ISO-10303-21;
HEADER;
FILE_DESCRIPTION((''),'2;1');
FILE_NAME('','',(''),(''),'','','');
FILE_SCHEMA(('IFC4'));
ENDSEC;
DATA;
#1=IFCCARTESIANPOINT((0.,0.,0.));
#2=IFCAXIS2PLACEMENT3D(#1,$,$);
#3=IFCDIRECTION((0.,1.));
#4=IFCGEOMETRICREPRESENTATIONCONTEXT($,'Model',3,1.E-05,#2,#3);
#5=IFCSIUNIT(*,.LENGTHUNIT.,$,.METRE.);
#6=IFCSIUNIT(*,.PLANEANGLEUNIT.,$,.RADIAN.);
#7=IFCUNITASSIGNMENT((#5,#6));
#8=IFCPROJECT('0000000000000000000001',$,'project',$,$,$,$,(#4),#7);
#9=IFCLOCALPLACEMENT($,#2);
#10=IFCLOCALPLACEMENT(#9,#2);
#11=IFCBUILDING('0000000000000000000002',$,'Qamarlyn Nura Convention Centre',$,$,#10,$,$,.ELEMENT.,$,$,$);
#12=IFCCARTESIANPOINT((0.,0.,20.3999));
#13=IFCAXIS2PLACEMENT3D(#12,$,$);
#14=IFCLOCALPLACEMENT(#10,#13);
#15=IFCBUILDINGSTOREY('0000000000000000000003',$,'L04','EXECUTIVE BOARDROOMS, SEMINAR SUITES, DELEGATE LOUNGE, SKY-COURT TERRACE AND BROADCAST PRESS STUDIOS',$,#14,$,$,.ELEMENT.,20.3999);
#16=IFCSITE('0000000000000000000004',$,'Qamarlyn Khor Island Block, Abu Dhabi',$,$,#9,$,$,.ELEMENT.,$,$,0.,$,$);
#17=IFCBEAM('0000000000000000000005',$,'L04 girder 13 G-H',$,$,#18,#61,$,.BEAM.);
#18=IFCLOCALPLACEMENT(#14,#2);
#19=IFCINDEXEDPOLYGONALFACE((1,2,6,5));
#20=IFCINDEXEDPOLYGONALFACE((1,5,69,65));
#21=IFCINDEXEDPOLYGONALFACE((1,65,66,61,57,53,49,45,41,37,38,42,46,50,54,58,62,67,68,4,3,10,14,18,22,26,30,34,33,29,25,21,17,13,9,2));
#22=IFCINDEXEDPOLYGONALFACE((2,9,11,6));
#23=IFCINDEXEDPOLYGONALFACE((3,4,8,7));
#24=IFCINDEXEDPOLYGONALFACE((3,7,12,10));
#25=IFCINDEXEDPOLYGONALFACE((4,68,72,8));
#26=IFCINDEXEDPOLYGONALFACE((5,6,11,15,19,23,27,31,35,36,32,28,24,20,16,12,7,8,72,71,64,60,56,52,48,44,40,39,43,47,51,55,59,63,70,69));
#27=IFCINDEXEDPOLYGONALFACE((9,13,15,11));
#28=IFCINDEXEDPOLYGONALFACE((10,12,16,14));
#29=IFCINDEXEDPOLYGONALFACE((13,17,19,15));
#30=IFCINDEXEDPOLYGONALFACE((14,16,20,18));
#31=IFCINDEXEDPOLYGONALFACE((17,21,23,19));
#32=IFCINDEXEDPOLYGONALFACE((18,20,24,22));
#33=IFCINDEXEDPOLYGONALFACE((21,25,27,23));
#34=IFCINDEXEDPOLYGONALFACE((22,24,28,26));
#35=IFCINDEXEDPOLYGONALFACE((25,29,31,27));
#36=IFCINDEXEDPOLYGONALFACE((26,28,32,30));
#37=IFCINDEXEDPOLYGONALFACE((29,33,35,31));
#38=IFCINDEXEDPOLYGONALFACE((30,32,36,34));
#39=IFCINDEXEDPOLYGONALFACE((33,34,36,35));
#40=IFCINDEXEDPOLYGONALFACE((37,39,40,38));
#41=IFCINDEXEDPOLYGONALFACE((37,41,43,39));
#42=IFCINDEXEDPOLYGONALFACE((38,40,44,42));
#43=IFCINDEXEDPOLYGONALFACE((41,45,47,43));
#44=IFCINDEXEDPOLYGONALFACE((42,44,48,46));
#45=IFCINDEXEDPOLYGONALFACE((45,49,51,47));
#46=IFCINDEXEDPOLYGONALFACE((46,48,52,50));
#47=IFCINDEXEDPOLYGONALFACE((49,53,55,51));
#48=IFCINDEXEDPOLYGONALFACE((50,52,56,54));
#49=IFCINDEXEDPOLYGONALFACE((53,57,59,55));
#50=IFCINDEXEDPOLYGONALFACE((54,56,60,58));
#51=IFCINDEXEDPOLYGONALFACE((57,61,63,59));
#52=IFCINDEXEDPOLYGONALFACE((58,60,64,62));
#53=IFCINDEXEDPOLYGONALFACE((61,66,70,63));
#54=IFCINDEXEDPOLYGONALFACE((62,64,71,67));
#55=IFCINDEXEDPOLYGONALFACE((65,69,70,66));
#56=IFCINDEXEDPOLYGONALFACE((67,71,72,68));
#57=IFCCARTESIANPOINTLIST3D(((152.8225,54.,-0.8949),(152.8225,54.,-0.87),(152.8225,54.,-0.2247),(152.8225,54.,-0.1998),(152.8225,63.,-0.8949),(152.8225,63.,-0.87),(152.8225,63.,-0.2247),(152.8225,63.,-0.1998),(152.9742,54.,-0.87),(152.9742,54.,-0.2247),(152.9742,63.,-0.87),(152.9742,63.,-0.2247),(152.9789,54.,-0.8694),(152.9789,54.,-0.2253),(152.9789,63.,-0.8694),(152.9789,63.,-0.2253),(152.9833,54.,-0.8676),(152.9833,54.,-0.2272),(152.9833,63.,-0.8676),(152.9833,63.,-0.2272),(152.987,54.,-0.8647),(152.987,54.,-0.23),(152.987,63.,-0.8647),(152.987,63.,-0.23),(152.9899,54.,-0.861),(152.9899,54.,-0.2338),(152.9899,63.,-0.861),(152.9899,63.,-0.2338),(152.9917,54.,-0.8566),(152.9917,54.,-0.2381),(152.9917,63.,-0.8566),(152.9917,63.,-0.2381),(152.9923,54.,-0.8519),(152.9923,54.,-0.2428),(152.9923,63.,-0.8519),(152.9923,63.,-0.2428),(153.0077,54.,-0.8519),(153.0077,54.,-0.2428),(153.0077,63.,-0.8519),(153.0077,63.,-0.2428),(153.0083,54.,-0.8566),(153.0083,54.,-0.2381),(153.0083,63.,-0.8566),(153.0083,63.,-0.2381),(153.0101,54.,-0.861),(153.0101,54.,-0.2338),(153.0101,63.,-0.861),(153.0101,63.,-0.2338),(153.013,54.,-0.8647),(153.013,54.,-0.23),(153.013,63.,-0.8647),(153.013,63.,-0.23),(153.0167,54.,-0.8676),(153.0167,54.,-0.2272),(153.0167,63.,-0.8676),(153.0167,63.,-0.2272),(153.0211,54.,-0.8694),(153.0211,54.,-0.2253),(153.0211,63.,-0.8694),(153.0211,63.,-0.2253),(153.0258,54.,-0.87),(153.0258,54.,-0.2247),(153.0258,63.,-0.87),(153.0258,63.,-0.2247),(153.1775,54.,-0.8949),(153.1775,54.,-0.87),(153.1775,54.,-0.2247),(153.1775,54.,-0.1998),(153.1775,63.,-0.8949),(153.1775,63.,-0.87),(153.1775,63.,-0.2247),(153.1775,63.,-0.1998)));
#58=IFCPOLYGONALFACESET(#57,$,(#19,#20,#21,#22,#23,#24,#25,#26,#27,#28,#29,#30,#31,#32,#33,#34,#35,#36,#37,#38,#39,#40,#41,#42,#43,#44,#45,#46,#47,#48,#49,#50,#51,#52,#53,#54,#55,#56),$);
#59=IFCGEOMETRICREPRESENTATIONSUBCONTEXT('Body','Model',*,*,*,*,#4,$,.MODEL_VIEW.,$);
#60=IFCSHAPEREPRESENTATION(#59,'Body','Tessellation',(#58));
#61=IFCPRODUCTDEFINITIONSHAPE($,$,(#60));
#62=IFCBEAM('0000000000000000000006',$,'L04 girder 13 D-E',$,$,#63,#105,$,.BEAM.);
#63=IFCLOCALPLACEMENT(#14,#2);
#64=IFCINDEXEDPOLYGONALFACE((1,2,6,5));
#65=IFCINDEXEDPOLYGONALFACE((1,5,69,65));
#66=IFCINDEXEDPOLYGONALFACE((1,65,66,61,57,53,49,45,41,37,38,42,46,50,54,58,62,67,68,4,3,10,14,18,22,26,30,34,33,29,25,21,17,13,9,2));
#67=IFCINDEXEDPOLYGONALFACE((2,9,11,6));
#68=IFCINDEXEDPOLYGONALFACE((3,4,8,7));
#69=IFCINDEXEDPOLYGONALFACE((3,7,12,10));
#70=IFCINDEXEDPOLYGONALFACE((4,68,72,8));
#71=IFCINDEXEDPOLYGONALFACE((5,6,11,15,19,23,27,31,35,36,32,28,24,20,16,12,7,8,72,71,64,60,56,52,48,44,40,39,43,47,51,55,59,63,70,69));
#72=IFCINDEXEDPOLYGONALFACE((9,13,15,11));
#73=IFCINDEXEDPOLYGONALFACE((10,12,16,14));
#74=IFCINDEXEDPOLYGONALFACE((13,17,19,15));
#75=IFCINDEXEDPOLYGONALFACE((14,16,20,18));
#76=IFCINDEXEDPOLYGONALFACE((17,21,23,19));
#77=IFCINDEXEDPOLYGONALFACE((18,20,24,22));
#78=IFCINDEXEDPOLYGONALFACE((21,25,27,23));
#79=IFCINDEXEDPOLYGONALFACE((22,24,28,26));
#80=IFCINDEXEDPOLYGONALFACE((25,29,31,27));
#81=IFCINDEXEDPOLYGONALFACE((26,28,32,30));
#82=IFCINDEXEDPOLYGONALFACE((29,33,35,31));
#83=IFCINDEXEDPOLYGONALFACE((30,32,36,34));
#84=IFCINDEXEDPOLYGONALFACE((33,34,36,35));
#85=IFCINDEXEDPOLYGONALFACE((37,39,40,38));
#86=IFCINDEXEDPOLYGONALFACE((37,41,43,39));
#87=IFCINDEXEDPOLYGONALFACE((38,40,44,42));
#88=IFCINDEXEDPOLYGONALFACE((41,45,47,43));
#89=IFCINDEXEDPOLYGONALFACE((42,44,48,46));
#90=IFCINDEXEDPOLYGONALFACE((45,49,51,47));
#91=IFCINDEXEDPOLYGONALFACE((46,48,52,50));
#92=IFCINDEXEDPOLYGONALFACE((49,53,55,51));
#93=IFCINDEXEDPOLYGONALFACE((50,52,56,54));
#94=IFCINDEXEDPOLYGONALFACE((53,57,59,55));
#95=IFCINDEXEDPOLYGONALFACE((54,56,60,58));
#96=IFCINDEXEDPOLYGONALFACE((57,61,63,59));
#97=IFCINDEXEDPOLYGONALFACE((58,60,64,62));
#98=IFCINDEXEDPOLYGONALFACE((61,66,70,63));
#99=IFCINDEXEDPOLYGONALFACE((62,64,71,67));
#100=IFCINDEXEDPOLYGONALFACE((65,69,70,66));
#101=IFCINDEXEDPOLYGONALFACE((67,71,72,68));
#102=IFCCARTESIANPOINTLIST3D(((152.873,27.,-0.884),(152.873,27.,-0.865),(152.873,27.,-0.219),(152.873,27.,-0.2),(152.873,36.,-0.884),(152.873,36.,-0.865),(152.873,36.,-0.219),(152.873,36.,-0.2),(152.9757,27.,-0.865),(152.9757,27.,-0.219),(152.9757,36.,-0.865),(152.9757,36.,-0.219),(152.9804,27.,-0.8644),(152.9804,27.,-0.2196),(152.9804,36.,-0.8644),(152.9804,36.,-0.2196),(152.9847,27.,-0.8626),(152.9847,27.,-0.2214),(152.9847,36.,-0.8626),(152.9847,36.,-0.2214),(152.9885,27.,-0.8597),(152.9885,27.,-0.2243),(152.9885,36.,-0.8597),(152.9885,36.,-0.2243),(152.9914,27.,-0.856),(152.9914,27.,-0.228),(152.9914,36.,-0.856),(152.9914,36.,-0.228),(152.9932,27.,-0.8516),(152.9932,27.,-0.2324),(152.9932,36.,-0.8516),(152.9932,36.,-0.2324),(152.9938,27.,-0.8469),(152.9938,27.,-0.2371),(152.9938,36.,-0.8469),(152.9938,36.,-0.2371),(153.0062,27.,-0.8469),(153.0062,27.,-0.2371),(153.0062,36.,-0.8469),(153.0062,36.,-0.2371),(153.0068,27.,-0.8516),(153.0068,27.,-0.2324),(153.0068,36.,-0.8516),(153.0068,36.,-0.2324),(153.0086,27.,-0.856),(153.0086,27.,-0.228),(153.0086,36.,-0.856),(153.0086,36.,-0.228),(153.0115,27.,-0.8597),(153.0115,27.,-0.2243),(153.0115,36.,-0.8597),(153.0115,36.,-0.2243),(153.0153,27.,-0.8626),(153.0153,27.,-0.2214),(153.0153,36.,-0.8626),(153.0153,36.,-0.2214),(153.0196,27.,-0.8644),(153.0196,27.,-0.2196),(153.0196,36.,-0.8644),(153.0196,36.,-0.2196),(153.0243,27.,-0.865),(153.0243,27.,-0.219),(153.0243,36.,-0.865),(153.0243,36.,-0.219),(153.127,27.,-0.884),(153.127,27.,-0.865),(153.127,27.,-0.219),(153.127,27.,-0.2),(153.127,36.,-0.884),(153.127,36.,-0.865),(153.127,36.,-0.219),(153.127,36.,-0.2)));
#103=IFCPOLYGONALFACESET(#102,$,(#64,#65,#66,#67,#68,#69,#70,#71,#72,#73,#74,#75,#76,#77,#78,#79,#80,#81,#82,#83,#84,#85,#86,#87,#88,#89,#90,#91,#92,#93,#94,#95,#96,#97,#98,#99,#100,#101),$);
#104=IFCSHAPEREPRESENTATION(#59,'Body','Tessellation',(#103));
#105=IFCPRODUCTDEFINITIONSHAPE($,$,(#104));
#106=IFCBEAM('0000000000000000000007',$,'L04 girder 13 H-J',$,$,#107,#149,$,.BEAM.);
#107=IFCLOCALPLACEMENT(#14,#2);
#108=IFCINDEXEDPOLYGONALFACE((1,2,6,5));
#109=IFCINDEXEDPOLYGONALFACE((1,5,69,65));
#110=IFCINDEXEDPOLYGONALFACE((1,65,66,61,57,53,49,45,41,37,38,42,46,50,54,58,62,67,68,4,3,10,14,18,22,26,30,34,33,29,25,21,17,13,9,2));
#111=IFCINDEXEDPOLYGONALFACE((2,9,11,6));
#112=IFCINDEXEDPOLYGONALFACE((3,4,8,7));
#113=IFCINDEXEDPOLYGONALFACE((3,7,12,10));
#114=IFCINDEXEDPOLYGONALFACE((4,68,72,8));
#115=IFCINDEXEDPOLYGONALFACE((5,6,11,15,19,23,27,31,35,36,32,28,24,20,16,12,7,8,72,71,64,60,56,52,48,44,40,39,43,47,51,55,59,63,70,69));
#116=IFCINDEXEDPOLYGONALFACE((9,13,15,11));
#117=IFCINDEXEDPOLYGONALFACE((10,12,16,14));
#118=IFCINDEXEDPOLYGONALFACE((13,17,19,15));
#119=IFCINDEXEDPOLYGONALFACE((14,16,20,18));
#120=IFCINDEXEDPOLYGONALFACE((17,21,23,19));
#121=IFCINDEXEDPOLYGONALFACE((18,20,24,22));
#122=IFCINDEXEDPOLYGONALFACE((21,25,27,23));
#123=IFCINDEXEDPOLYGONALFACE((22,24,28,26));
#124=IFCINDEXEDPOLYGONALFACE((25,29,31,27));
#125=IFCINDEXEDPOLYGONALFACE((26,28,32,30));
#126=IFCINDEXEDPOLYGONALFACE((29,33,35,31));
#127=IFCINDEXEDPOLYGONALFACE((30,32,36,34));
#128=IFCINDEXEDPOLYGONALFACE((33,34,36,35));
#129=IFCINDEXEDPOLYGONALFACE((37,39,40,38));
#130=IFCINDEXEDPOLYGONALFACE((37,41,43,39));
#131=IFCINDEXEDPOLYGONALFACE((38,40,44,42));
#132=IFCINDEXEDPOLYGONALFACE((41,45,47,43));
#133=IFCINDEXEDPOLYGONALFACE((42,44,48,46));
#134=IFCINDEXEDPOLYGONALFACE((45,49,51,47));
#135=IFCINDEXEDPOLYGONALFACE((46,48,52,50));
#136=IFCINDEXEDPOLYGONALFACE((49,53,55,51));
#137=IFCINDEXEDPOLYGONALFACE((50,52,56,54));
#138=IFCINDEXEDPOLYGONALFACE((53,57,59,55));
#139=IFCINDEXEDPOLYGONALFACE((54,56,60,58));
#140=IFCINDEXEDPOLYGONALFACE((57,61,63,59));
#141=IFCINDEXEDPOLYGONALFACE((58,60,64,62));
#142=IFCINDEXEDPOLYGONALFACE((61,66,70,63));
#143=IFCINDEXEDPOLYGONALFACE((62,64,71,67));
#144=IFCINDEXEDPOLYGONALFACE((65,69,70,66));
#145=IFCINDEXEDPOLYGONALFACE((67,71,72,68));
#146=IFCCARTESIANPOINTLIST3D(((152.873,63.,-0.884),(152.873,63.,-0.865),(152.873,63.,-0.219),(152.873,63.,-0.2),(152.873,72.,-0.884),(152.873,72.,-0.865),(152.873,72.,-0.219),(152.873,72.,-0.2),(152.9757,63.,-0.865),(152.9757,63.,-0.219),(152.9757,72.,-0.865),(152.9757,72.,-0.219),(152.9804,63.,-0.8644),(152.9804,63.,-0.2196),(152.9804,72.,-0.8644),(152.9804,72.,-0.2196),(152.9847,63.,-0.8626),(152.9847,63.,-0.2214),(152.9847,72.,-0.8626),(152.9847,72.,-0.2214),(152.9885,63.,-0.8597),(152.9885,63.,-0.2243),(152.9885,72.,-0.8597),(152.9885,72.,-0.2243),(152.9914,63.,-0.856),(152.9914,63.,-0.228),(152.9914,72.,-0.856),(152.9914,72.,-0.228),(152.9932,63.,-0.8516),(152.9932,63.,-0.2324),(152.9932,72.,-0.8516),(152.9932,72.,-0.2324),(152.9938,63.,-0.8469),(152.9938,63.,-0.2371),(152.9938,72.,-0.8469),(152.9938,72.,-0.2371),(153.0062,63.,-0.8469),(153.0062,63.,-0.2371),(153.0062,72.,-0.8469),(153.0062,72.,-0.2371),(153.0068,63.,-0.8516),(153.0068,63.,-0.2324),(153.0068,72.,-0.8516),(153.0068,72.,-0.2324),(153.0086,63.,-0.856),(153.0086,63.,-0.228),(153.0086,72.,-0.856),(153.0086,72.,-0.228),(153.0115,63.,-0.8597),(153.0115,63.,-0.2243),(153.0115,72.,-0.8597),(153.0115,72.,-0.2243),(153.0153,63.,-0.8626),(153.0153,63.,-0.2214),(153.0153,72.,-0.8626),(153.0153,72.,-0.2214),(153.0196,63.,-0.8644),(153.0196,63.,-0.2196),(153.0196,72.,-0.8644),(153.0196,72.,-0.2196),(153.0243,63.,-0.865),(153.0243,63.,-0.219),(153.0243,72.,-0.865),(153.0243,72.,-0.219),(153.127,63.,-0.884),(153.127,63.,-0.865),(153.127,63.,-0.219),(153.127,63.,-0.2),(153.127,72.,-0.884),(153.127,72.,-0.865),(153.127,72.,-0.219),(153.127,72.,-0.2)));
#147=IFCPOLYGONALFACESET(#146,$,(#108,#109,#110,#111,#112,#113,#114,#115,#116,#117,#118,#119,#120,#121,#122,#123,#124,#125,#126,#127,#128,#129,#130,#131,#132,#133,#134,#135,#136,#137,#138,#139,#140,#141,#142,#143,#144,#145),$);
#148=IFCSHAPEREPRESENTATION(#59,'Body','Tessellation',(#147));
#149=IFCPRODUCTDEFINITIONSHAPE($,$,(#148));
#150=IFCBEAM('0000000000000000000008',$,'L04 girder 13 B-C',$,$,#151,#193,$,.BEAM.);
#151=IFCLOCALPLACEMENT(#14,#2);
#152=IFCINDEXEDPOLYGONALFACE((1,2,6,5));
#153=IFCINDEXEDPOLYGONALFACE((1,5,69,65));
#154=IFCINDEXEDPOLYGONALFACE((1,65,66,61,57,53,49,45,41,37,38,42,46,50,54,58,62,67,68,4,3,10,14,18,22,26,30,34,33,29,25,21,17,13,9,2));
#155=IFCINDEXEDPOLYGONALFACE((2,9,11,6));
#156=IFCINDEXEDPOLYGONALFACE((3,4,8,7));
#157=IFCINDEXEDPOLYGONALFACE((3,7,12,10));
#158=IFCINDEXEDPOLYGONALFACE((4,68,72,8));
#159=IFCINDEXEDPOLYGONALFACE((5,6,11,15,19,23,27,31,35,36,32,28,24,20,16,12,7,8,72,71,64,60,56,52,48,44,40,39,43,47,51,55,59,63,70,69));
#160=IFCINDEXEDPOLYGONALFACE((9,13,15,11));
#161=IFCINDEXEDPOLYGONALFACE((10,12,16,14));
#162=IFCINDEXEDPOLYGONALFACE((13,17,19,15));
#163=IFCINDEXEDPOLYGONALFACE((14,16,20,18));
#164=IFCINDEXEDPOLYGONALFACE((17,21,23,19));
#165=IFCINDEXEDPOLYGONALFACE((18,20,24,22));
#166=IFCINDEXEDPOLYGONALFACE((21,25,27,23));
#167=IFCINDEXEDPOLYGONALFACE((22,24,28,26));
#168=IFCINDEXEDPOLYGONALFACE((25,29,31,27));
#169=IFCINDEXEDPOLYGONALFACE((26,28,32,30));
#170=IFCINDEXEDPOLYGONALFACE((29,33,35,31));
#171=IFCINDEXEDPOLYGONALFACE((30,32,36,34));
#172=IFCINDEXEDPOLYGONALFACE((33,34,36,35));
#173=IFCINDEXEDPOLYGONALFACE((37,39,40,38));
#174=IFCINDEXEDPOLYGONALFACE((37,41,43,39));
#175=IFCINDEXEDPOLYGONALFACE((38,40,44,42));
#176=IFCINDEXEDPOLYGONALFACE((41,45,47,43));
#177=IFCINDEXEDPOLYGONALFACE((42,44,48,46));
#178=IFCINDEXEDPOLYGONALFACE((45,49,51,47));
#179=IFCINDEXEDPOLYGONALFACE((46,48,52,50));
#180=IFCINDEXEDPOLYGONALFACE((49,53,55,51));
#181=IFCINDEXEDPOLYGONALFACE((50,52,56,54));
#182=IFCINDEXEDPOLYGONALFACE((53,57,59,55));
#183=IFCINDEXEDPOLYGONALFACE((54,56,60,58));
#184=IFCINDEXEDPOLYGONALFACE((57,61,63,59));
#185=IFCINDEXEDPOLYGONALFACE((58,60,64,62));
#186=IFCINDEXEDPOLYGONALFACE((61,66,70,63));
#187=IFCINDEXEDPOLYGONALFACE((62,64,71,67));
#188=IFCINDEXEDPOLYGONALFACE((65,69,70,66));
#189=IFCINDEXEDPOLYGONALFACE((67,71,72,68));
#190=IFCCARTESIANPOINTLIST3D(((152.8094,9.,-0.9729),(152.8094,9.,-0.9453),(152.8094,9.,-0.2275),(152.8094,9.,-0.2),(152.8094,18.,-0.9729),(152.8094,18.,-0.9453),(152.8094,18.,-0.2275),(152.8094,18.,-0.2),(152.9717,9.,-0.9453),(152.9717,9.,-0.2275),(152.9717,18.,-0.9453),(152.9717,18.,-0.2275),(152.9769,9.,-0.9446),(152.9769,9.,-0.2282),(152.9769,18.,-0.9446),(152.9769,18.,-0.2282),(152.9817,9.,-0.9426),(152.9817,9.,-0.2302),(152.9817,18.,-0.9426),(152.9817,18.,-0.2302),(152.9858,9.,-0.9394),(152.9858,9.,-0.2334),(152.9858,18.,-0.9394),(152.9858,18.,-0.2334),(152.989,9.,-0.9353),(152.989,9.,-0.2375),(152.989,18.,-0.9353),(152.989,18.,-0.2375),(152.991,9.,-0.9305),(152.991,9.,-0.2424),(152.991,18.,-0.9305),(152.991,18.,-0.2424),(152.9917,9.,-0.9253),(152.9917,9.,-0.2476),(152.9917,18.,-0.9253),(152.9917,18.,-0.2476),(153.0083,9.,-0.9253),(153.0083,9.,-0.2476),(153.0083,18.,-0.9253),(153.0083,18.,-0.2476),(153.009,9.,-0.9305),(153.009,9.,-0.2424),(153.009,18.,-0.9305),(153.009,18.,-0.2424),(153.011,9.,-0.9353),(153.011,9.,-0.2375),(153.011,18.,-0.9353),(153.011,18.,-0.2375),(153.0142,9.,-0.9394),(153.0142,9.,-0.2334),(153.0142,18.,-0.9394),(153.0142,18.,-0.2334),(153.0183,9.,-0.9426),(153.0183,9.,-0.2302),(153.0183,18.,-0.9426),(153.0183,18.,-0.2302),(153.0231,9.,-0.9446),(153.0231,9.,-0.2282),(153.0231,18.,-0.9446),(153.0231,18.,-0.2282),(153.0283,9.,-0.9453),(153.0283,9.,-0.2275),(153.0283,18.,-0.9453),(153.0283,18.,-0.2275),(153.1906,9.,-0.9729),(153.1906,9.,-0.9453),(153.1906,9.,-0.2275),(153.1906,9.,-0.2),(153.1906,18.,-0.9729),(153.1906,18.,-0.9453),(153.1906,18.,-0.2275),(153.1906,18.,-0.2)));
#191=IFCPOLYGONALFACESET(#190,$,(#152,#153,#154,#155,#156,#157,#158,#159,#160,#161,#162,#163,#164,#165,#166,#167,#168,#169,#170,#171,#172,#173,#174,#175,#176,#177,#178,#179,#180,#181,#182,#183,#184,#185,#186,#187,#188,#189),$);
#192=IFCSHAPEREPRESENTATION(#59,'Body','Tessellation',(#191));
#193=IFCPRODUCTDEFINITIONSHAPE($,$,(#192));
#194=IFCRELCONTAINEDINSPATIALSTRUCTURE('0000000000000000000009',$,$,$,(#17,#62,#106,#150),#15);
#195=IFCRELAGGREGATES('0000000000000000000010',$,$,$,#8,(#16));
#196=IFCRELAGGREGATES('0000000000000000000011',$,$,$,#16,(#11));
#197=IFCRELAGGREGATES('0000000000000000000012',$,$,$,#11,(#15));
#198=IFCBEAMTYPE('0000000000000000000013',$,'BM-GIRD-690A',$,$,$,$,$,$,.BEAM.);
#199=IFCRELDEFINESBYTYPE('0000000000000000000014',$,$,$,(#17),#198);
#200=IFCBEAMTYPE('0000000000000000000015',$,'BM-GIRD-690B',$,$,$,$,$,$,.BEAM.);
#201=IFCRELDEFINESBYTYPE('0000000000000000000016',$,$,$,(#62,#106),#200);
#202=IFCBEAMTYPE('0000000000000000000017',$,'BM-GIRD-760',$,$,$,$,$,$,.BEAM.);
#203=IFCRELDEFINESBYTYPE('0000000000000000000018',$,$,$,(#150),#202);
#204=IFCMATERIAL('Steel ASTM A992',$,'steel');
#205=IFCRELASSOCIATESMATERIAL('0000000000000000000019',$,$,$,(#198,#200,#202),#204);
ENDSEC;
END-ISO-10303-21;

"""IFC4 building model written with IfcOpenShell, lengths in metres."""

from ifc_helpers import new_model, si_unit, direction, frame, origin, origin_2d, place, context, subcontext, project, spatial, i_section, extrude, material, material_profile, profile_set, type_object, element, save


model = new_model("IFC4")

# Units and contexts
model_context = context("Model", 3, precision=1e-05, world=origin(), true_north=direction((0.0, 1.0)))
body_context = subcontext(model_context, "Body", "Model", "MODEL_VIEW")
ifc_project = project(units=[si_unit("LENGTHUNIT", "METRE"), si_unit("PLANEANGLEUNIT", "RADIAN")], contexts=[model_context])

# Site, building, storey
site_placement = place(None, origin())
site = spatial("IfcSite", under=ifc_project, at=site_placement, Name="Qamarlyn Khor Island Block, Abu Dhabi", CompositionType="ELEMENT", RefElevation=0.0)
building_placement = place(site_placement, origin())
building = spatial("IfcBuilding", under=site, at=building_placement, Name="Qamarlyn Nura Convention Centre", CompositionType="ELEMENT")
storey_placement = place(building_placement, frame((0.0, 0.0, 20.3999)))
storey = spatial("IfcBuildingStorey", under=building, at=storey_placement, Name="L04", Description="EXECUTIVE BOARDROOMS, SEMINAR SUITES, DELEGATE LOUNGE, SKY-COURT TERRACE AND BROADCAST PRESS STUDIOS", CompositionType="ELEMENT", Elevation=20.3999)

# Shared definitions
ifc_material_1 = material(Name="Steel ASTM A992", Category="steel")

# Beams
ifc_material_profile_1 = material_profile(ifc_material_1, i_section(OverallWidth=0.355, OverallDepth=0.6951, WebThickness=0.0154, FlangeThickness=0.0249, FilletRadius=0.0181, at=origin_2d()), Name="W690X217")
ifc_profile_set_1 = profile_set([ifc_material_profile_1], Name="Steel ASTM A992")
beam_type_1 = type_object("IfcBeamType", Name="BM-GIRD-690A", PredefinedType="BEAM", material=ifc_profile_set_1)
for number, where, z_axis, x_axis, name in (
    (1, (153.0, 54.0, -0.5474), (0.0, 1.0, 0.0), (-1.0, 0.0, 0.0), "L04 girder 13 G-H"),
):
    element("IfcBeam", number, at=place(storey_placement, frame(where, z_axis=z_axis, x_axis=x_axis)), inside=storey, type_object=beam_type_1, Name=name, PredefinedType="BEAM", context=body_context, shape_type="SweptSolid", body=[
        extrude(i_section(OverallWidth=0.355, OverallDepth=0.6951, WebThickness=0.0154, FlangeThickness=0.0249, FilletRadius=0.0181, at=origin_2d()), origin(), (0.0, 0.0, 1.0), 9.0),
    ])
ifc_material_profile_2 = material_profile(ifc_material_1, i_section(OverallWidth=0.2539, OverallDepth=0.6841, WebThickness=0.0125, FlangeThickness=0.019, FilletRadius=0.0181, at=origin_2d()), Name="W690X140")
ifc_profile_set_2 = profile_set([ifc_material_profile_2], Name="Steel ASTM A992")
beam_type_2 = type_object("IfcBeamType", Name="BM-GIRD-690B", PredefinedType="BEAM", material=ifc_profile_set_2)
for number, where, z_axis, x_axis, name in (
    (2, (153.0, 27.0, -0.542), (0.0, 1.0, 0.0), (-1.0, 0.0, 0.0), "L04 girder 13 D-E"),
    (3, (153.0, 63.0, -0.542), (0.0, 1.0, 0.0), (-1.0, 0.0, 0.0), "L04 girder 13 H-J"),
):
    element("IfcBeam", number, at=place(storey_placement, frame(where, z_axis=z_axis, x_axis=x_axis)), inside=storey, type_object=beam_type_2, Name=name, PredefinedType="BEAM", context=body_context, shape_type="SweptSolid", body=[
        extrude(i_section(OverallWidth=0.2539, OverallDepth=0.6841, WebThickness=0.0125, FlangeThickness=0.019, FilletRadius=0.0181, at=origin_2d()), origin(), (0.0, 0.0, 1.0), 9.0),
    ])
ifc_material_profile_3 = material_profile(ifc_material_1, i_section(OverallWidth=0.3811, OverallDepth=0.7729, WebThickness=0.0166, FlangeThickness=0.0276, FilletRadius=0.02, at=origin_2d()), Name="W760X257")
ifc_profile_set_3 = profile_set([ifc_material_profile_3], Name="Steel ASTM A992")
beam_type_3 = type_object("IfcBeamType", Name="BM-GIRD-760", PredefinedType="BEAM", material=ifc_profile_set_3)
for number, where, z_axis, x_axis, name in (
    (4, (153.0, 9.0, -0.5864), (0.0, 1.0, 0.0), (-1.0, 0.0, 0.0), "L04 girder 13 B-C"),
):
    element("IfcBeam", number, at=place(storey_placement, frame(where, z_axis=z_axis, x_axis=x_axis)), inside=storey, type_object=beam_type_3, Name=name, PredefinedType="BEAM", context=body_context, shape_type="SweptSolid", body=[
        extrude(i_section(OverallWidth=0.3811, OverallDepth=0.7729, WebThickness=0.0166, FlangeThickness=0.0276, FilletRadius=0.02, at=origin_2d()), origin(), (0.0, 0.0, 1.0), 9.0),
    ])

save(model, "model.ifc")
